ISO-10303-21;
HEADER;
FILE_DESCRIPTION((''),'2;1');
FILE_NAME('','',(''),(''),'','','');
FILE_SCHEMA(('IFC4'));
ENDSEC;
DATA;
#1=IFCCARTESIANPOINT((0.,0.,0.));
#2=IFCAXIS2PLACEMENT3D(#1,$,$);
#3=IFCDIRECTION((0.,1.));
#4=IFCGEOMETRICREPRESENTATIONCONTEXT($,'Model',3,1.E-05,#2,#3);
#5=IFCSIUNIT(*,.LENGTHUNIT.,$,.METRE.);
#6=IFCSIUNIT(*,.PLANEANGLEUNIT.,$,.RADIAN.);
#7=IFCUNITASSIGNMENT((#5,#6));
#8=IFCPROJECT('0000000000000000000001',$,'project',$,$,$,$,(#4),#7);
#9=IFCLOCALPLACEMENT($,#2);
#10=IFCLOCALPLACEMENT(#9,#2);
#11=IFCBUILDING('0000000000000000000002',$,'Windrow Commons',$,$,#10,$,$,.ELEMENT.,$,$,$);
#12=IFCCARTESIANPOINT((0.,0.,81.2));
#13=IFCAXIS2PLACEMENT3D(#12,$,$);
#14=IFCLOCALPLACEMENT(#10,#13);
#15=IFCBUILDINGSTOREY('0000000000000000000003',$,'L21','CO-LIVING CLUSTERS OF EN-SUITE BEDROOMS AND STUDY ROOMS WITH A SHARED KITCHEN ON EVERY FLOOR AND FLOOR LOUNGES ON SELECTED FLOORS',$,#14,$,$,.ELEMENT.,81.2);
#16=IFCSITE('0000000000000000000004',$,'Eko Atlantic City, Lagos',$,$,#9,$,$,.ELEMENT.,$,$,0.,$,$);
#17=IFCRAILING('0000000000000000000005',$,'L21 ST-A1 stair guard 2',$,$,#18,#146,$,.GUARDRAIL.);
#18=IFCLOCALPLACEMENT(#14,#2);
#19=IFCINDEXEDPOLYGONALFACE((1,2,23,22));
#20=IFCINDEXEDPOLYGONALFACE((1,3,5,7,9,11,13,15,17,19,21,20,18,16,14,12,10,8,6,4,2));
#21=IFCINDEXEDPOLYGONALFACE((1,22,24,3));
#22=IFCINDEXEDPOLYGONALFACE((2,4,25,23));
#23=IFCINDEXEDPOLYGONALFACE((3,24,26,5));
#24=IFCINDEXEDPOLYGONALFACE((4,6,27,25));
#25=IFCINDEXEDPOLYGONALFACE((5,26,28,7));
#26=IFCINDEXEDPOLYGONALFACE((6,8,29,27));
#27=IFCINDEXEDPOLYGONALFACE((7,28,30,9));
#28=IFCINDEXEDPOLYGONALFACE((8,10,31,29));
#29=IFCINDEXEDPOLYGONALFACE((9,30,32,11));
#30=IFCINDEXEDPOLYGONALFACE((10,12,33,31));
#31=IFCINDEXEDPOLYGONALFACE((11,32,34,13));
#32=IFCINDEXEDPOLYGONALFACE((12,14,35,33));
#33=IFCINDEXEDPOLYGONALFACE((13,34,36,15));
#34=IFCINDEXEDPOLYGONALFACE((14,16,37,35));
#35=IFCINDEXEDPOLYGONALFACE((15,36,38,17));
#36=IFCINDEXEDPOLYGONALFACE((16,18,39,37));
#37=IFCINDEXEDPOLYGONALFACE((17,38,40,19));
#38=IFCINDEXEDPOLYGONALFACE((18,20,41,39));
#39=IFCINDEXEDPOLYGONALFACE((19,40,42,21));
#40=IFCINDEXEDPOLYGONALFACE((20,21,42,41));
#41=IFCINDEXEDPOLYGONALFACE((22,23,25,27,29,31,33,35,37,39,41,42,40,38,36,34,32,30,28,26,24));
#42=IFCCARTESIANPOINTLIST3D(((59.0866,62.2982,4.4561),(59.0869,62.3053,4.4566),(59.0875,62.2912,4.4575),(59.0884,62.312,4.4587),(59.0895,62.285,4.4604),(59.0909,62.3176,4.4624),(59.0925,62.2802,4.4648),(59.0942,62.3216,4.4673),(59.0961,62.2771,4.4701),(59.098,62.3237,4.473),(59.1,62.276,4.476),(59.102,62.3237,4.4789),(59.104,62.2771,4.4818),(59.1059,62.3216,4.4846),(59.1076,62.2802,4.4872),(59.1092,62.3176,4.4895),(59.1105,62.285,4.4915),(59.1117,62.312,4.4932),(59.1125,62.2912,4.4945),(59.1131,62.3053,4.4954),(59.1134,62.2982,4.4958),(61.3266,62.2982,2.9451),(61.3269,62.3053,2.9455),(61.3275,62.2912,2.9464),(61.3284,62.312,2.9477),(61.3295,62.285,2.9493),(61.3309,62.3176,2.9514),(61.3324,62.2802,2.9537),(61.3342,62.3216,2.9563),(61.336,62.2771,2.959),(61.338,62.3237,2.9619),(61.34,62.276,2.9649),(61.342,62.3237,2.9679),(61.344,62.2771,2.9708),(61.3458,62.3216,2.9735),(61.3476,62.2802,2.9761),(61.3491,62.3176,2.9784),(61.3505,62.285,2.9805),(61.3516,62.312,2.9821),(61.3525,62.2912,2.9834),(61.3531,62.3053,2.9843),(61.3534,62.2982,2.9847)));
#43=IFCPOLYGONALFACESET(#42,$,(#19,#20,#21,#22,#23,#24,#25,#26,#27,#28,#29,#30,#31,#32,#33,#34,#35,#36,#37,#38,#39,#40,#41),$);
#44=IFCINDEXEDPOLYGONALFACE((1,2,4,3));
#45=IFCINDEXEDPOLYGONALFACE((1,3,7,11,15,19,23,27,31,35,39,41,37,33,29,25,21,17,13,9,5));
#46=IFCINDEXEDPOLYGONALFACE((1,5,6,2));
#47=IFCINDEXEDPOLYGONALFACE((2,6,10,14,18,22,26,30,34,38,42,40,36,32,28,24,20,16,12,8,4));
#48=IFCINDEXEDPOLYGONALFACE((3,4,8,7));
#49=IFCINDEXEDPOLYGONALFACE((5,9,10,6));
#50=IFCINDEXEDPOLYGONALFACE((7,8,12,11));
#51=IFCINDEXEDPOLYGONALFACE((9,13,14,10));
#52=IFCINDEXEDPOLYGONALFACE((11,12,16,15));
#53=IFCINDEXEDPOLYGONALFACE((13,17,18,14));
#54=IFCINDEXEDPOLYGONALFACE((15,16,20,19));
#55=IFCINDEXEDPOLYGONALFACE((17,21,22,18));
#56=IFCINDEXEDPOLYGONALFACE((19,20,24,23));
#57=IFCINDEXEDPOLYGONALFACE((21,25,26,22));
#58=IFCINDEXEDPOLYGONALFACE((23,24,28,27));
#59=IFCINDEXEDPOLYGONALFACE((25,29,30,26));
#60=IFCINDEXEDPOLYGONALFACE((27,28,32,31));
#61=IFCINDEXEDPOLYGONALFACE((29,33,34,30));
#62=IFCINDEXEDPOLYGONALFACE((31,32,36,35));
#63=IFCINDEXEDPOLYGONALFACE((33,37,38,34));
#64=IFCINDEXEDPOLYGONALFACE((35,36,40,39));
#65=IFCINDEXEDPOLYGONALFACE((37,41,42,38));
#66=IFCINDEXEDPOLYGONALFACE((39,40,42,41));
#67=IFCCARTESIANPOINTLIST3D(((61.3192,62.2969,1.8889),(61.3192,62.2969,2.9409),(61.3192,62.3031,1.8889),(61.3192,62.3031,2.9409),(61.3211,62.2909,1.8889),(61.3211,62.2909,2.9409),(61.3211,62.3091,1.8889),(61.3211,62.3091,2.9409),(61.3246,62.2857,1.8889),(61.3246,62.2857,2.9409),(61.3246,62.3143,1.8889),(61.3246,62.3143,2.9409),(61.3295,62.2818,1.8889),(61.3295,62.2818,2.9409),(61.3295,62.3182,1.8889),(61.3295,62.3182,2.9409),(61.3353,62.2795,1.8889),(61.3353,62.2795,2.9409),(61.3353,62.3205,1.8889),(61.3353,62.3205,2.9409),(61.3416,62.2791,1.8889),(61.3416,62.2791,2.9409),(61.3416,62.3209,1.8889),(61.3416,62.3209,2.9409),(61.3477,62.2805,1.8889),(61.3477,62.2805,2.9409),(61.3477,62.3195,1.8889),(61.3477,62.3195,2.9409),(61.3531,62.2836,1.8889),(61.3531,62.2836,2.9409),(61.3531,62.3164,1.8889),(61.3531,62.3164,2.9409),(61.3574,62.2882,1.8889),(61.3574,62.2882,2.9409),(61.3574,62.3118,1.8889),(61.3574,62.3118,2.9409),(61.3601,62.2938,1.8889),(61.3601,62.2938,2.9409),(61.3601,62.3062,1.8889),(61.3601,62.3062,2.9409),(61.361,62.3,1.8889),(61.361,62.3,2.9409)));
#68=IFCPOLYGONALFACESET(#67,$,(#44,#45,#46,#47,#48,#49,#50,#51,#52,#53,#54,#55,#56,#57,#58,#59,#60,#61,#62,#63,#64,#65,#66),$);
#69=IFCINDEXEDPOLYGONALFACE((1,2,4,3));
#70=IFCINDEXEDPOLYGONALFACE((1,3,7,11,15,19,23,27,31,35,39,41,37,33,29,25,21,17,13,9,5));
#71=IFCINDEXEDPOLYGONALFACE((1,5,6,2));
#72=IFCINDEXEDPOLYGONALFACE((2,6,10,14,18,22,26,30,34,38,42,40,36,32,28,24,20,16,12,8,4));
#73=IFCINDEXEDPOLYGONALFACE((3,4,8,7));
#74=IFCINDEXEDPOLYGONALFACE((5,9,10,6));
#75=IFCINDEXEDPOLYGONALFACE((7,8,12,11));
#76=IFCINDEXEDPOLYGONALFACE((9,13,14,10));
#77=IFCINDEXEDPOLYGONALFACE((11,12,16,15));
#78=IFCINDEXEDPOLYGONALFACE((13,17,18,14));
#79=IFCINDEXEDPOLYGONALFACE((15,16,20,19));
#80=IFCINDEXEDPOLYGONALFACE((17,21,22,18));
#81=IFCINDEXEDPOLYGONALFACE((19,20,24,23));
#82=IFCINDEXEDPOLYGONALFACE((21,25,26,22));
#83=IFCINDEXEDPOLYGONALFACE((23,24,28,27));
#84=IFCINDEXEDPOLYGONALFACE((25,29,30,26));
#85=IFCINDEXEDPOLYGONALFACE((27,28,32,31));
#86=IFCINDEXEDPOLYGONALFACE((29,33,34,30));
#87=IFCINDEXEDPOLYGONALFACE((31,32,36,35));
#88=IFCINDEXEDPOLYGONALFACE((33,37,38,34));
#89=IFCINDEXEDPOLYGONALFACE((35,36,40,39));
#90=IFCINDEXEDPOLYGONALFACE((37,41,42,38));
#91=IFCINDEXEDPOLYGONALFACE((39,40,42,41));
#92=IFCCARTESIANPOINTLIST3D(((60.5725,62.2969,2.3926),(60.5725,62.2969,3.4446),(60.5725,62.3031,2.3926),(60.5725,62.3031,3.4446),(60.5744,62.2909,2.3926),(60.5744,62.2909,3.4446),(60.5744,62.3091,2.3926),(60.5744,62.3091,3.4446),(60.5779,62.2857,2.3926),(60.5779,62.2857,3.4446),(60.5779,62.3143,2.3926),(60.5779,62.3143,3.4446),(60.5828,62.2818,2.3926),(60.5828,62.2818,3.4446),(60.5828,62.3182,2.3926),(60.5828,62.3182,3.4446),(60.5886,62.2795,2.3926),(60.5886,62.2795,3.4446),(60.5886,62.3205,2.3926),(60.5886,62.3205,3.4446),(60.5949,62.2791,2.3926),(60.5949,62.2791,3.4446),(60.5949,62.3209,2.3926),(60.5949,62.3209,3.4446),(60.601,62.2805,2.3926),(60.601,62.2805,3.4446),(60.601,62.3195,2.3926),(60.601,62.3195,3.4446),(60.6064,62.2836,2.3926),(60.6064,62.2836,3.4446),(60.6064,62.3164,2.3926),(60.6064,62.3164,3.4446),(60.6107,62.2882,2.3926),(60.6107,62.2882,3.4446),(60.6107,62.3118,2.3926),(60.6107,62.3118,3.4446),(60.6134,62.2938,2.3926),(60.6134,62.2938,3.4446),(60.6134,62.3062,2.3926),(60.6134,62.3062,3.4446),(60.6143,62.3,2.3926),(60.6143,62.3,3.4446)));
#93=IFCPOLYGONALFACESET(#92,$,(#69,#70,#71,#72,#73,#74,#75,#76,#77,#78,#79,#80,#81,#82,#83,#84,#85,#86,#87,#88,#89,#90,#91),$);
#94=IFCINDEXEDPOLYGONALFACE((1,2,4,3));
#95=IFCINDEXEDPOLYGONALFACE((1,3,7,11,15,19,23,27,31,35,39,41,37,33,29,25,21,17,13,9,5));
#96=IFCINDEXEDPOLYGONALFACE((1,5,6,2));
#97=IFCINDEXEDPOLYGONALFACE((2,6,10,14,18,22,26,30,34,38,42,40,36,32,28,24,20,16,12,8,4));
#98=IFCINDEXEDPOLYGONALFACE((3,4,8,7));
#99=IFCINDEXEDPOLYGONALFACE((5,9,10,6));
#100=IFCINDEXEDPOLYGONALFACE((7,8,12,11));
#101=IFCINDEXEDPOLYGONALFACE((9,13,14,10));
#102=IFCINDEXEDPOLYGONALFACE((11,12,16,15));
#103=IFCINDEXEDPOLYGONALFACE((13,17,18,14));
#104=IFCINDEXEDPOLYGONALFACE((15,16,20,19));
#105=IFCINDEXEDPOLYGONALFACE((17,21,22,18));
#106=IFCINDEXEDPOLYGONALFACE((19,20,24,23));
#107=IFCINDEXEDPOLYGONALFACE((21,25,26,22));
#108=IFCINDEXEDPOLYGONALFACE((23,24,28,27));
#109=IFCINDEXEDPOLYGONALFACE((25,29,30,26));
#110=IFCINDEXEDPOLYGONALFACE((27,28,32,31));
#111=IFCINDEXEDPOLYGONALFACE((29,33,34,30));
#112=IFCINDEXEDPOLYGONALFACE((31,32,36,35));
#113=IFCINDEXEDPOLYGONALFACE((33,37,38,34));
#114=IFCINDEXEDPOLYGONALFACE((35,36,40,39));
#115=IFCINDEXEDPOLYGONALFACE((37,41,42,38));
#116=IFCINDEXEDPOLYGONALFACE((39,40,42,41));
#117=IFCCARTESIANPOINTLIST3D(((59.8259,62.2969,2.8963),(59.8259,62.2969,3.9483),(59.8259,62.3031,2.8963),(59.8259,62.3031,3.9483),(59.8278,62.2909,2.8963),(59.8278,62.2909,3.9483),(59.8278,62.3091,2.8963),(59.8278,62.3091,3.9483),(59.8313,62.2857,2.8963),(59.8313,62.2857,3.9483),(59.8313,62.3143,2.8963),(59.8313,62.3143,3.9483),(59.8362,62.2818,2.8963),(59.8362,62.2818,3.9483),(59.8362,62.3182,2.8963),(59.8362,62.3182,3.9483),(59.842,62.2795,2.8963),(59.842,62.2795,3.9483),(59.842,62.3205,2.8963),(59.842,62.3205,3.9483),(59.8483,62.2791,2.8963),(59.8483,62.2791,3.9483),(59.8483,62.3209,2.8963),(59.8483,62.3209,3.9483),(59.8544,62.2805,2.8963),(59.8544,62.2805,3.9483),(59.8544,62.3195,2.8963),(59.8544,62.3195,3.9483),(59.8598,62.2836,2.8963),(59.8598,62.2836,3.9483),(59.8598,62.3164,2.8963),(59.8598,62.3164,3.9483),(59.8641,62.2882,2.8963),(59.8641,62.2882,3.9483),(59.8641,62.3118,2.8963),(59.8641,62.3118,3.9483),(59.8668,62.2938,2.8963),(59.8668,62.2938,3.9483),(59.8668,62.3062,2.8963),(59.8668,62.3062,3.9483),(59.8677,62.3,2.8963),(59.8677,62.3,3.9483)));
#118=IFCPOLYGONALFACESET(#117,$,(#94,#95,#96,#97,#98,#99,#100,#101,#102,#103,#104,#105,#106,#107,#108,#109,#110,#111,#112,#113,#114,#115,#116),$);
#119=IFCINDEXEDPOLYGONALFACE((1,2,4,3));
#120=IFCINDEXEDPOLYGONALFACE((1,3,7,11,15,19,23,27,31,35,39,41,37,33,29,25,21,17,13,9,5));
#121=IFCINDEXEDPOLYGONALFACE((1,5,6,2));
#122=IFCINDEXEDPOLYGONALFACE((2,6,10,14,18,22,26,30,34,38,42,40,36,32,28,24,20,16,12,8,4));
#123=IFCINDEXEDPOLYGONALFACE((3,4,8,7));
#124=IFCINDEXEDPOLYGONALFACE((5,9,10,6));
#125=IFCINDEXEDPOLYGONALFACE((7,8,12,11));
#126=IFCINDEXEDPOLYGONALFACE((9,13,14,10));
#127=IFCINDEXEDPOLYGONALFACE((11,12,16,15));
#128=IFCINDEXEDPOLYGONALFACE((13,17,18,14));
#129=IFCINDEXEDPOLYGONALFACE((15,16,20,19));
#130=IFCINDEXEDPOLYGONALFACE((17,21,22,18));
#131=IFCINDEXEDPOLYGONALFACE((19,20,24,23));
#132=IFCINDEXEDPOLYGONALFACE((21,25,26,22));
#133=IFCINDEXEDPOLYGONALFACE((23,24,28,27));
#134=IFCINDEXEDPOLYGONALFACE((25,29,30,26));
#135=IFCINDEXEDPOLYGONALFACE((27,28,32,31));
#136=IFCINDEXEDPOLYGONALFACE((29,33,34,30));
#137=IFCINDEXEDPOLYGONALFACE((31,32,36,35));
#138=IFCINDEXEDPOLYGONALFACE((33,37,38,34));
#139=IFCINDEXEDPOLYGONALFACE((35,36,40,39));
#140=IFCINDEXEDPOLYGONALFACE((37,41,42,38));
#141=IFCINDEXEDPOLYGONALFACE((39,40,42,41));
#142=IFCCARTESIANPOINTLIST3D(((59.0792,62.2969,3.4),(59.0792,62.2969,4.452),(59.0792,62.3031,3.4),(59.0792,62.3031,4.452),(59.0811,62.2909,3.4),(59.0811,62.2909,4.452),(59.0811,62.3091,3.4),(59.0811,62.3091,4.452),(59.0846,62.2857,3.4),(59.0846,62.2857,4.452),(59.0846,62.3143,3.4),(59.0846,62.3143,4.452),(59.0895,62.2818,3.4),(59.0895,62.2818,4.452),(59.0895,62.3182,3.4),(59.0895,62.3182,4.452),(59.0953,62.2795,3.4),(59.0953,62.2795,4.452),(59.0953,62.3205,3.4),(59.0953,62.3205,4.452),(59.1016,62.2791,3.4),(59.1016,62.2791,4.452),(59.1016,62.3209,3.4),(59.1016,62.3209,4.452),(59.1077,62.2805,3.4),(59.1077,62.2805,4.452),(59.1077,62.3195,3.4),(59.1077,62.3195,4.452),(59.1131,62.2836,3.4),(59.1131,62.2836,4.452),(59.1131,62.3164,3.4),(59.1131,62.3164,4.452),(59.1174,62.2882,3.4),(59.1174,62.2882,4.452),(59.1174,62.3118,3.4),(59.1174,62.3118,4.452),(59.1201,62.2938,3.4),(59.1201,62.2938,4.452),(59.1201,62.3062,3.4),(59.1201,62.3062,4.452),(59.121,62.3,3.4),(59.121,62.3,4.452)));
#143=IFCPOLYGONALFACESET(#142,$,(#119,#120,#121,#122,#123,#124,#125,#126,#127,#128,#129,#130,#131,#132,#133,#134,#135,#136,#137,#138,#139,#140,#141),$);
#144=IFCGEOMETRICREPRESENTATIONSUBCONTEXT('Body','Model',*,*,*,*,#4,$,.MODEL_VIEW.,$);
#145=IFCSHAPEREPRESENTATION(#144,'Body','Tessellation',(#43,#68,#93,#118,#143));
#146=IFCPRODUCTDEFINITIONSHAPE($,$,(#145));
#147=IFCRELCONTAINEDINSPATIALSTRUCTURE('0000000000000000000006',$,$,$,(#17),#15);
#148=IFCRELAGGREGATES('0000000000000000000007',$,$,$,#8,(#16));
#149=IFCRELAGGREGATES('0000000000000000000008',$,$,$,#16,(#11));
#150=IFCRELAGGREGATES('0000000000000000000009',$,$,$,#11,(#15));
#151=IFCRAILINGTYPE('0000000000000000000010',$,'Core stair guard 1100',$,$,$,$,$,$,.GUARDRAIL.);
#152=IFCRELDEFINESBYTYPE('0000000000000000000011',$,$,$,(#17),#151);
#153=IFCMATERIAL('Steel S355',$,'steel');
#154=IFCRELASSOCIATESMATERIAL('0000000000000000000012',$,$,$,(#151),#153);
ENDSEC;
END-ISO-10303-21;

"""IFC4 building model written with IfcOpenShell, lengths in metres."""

from ifc_helpers import new_model, si_unit, direction, frame, origin, origin_2d, place, context, subcontext, project, spatial, circle, extrude, material, type_object, element, save


model = new_model("IFC4")

# Units and contexts
model_context = context("Model", 3, precision=1e-05, world=origin(), true_north=direction((0.0, 1.0)))
body_context = subcontext(model_context, "Body", "Model", "MODEL_VIEW")
ifc_project = project(units=[si_unit("LENGTHUNIT", "METRE"), si_unit("PLANEANGLEUNIT", "RADIAN")], contexts=[model_context])

# Site, building, storey
site_placement = place(None, origin())
site = spatial("IfcSite", under=ifc_project, at=site_placement, Name="Eko Atlantic City, Lagos", CompositionType="ELEMENT", RefElevation=0.0)
building_placement = place(site_placement, origin())
building = spatial("IfcBuilding", under=site, at=building_placement, Name="Windrow Commons", CompositionType="ELEMENT")
storey_placement = place(building_placement, frame((0.0, 0.0, 81.2)))
storey = spatial("IfcBuildingStorey", under=building, at=storey_placement, Name="L21", Description="CO-LIVING CLUSTERS OF EN-SUITE BEDROOMS AND STUDY ROOMS WITH A SHARED KITCHEN ON EVERY FLOOR AND FLOOR LOUNGES ON SELECTED FLOORS", CompositionType="ELEMENT", Elevation=81.2)

# Railing
ifc_material_1 = material(Name="Steel S355", Category="steel")
railing_type_1 = type_object("IfcRailingType", Name="Core stair guard 1100", PredefinedType="GUARDRAIL", material=ifc_material_1)
railing_1_placement = place(storey_placement, frame((61.34, 62.3, 1.8889)))
element("IfcRailing", 1, at=railing_1_placement, inside=storey, type_object=railing_type_1, Name="L21 ST-A1 stair guard 2", PredefinedType="GUARDRAIL", context=body_context, shape_type="SweptSolid", body=[
    extrude(circle(Radius=0.024, at=origin_2d()), frame((0.0, 0.0, 1.076), z_axis=(-0.829003, 0.0, 0.559244), x_axis=(0.0, -1.0, 0.0)), (0.0, 0.0, 1.0), 2.702),
    extrude(circle(Radius=0.021, at=origin_2d()), origin(), (0.0, 0.0, 1.0), 1.052),
    extrude(circle(Radius=0.021, at=origin_2d()), frame((-0.7467, 0.0, 0.5037)), (0.0, 0.0, 1.0), 1.052),
    extrude(circle(Radius=0.021, at=origin_2d()), frame((-1.4933, 0.0, 1.0074)), (0.0, 0.0, 1.0), 1.052),
    extrude(circle(Radius=0.021, at=origin_2d()), frame((-2.24, 0.0, 1.5111)), (0.0, 0.0, 1.0), 1.052),
])

save(model, "model.ifc")
